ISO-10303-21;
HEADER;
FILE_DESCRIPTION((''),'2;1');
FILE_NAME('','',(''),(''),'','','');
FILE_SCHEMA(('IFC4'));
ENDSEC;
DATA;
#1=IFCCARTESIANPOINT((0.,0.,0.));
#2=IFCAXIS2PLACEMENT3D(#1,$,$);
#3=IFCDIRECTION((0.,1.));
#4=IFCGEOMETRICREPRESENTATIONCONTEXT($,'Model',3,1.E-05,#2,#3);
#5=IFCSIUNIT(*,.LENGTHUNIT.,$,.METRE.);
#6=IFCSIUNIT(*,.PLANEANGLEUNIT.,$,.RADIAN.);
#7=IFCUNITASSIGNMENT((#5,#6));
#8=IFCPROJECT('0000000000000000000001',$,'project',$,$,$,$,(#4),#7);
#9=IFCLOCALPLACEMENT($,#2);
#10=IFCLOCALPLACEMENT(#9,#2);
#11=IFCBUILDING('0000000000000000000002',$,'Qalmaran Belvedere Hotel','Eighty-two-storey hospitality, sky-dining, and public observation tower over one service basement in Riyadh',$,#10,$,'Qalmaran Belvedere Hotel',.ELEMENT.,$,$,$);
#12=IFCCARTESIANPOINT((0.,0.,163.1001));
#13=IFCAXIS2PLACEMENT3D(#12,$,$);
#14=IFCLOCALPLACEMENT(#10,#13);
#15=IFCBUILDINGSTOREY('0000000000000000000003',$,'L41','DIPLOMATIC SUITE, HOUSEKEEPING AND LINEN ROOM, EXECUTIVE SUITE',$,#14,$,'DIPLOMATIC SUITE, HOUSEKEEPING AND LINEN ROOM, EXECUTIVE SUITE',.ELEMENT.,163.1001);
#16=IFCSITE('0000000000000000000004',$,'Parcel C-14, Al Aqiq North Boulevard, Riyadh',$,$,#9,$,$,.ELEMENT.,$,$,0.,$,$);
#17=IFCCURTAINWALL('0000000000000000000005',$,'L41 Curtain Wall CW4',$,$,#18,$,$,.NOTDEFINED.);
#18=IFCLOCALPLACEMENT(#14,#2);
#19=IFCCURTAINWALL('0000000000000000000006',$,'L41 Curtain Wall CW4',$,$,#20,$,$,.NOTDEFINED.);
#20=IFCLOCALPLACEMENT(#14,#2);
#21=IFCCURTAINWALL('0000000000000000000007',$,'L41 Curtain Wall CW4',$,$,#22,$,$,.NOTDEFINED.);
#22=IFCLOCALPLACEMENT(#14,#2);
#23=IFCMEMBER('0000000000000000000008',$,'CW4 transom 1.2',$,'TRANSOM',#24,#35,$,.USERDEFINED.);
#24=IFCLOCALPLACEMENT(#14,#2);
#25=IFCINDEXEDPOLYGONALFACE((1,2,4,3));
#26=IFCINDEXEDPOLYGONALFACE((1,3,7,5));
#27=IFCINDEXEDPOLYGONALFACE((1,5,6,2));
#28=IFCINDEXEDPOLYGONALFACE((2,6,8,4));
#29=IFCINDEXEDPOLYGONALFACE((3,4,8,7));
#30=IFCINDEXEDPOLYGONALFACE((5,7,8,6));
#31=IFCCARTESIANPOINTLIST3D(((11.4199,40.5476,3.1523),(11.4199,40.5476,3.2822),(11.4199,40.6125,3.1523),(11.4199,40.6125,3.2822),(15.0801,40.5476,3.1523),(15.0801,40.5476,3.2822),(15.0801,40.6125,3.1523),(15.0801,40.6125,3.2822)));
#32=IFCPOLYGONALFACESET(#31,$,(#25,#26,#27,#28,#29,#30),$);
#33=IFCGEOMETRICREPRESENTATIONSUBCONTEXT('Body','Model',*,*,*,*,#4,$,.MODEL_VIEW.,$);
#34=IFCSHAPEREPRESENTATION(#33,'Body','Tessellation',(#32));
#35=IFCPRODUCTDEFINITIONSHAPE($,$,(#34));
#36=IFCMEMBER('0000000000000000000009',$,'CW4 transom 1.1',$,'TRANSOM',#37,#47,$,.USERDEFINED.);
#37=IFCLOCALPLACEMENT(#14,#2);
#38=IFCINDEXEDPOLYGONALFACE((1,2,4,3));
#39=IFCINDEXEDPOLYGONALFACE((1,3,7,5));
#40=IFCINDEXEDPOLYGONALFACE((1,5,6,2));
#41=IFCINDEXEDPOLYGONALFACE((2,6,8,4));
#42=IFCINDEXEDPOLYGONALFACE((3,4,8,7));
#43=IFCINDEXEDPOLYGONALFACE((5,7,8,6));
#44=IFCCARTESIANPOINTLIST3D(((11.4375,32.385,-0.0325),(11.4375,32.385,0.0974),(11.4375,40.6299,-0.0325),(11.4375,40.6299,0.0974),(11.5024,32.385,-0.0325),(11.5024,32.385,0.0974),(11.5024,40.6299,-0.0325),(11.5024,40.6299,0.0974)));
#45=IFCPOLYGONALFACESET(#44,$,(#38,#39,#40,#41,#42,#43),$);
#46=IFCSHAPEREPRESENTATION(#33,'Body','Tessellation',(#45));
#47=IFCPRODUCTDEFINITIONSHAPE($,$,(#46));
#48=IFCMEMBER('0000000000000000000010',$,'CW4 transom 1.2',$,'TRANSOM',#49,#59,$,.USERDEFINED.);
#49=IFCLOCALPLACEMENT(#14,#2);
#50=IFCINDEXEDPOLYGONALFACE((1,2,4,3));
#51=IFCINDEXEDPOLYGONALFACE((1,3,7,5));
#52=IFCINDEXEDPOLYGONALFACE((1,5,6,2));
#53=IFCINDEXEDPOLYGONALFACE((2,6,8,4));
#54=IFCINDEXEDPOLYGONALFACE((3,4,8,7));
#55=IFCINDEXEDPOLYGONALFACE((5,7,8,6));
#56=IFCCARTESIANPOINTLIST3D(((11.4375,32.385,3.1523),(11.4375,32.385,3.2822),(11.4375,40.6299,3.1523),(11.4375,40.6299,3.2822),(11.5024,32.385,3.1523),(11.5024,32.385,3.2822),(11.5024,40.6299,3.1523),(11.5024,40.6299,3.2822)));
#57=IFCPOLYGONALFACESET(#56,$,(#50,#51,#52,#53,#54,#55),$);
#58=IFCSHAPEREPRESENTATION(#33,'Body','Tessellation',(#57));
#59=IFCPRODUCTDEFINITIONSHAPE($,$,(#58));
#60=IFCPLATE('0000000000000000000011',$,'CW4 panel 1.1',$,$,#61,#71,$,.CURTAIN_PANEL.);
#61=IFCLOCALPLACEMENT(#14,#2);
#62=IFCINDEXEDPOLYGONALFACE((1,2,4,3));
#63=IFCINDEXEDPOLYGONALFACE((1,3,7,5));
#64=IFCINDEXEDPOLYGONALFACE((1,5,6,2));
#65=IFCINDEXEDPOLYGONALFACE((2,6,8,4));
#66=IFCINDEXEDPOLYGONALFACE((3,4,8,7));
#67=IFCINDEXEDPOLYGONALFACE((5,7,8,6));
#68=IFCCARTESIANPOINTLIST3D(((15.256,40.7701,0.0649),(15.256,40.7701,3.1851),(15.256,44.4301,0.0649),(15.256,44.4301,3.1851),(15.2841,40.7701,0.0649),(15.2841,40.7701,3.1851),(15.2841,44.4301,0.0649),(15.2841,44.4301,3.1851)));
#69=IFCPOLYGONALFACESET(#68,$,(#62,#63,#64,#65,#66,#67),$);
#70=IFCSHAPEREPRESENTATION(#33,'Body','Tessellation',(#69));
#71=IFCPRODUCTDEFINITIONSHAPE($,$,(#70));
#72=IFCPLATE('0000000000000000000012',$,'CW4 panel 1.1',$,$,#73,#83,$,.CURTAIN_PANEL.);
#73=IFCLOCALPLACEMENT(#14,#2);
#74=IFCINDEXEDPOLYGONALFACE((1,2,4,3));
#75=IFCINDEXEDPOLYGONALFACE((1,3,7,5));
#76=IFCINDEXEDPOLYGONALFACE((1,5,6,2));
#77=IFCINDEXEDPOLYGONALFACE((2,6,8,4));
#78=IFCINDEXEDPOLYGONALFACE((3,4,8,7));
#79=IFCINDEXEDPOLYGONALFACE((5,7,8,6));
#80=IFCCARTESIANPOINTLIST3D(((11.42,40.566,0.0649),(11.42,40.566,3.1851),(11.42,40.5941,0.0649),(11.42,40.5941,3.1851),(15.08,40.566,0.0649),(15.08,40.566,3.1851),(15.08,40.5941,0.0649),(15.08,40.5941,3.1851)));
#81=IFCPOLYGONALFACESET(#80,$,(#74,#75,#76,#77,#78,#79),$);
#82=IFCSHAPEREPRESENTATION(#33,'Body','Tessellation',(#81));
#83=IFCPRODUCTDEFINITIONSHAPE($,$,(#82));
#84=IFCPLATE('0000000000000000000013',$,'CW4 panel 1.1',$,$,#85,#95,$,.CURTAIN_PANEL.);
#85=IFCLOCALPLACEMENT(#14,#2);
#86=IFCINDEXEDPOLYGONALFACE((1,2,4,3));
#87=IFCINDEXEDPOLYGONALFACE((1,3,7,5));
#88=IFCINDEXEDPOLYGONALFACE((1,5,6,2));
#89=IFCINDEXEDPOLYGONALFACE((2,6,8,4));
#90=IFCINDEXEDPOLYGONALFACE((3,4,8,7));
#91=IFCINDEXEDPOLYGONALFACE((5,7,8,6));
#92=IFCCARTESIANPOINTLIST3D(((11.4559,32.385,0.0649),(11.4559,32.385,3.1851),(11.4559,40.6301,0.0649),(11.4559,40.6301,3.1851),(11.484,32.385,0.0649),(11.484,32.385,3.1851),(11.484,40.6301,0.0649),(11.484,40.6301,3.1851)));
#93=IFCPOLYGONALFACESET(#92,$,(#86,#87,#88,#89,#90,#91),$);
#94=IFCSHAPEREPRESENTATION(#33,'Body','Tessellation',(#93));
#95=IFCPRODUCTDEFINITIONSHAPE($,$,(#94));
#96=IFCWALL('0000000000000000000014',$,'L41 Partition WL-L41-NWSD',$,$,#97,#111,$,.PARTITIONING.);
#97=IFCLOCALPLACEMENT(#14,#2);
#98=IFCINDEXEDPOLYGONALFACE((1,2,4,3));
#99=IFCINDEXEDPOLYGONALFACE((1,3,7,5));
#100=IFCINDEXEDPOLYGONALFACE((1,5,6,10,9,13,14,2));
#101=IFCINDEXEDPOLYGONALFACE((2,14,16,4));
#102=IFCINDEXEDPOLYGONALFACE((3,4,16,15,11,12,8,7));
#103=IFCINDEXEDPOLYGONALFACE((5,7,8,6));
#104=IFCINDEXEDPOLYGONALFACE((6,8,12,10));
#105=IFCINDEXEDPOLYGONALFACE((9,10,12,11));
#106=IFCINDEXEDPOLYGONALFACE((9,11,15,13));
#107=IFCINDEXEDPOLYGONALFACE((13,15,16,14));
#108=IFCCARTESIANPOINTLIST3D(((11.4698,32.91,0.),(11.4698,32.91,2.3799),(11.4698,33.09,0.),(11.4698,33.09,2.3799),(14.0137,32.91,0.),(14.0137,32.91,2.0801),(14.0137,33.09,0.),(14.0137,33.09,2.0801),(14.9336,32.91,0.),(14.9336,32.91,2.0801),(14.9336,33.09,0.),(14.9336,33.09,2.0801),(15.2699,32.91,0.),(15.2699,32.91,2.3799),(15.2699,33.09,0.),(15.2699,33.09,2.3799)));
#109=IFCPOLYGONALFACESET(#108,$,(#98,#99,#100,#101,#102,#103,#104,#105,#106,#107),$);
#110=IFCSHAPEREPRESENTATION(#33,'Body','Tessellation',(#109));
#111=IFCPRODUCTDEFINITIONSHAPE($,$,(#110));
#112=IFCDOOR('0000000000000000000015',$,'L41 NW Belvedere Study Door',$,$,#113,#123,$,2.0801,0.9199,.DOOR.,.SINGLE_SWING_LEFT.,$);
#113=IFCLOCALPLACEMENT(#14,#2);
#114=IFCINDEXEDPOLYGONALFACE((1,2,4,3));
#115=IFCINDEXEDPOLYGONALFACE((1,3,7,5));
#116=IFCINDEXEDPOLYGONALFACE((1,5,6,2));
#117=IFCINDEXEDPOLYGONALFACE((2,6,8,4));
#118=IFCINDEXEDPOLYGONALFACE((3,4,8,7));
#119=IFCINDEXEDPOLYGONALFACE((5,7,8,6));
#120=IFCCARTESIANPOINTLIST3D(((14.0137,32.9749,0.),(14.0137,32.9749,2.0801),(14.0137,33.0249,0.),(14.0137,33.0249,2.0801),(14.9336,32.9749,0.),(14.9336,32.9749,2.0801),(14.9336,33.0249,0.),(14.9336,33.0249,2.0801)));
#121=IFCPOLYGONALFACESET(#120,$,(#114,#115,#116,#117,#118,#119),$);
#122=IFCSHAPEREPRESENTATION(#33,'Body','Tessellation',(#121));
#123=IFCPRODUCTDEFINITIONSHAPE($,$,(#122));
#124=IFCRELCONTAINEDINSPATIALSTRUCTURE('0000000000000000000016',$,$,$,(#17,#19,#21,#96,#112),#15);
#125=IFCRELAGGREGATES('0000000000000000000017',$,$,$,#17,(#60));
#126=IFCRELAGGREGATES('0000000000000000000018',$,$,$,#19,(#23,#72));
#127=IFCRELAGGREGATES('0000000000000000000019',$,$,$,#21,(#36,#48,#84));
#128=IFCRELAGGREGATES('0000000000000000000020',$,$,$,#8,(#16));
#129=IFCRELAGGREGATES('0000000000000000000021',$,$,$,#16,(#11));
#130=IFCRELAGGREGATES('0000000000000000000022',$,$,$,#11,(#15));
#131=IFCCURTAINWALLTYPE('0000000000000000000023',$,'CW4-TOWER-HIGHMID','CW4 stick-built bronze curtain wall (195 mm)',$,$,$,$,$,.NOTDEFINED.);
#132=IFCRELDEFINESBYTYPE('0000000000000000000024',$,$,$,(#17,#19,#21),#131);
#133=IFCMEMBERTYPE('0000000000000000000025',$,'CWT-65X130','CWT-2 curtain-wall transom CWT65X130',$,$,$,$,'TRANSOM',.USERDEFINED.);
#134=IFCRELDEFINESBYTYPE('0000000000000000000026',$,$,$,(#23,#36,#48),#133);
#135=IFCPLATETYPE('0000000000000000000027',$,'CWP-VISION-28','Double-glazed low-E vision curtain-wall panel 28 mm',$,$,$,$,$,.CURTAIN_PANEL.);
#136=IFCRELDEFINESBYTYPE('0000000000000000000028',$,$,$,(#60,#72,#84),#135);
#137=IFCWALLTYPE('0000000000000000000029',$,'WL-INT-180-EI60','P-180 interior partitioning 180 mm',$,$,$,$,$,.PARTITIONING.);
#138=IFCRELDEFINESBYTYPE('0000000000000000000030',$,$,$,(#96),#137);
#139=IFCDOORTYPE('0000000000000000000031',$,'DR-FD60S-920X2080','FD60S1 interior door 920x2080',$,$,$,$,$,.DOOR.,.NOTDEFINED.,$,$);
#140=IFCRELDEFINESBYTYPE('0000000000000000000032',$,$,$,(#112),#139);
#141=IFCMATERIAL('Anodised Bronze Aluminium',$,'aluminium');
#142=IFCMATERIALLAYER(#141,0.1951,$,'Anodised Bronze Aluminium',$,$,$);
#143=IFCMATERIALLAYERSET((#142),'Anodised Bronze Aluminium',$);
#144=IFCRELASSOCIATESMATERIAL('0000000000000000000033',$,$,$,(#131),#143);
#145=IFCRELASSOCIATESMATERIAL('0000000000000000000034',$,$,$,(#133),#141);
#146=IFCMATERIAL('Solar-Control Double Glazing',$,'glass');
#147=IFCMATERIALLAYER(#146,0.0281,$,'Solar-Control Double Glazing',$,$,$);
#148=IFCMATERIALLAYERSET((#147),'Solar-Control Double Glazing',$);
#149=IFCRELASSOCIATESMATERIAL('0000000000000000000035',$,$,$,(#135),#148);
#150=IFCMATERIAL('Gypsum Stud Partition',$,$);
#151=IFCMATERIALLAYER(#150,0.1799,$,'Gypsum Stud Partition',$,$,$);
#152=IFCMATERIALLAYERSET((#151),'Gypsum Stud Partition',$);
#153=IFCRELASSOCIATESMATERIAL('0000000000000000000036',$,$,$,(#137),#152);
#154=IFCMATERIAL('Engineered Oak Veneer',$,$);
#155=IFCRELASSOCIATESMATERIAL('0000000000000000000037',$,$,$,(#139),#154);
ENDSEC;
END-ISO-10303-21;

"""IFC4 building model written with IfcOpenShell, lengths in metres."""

from ifc_helpers import new_model, si_unit, direction, frame, frame_2d, origin, origin_2d, place, context, subcontext, project, spatial, rectangle, extrude, material, layer, layer_set, material_profile, profile_set, type_object, element, fill, aggregate, save


model = new_model("IFC4")

# Units and contexts
model_context = context("Model", 3, precision=1e-05, world=origin(), true_north=direction((0.0, 1.0)))
body_context = subcontext(model_context, "Body", "Model", "MODEL_VIEW")
ifc_project = project(units=[si_unit("LENGTHUNIT", "METRE"), si_unit("PLANEANGLEUNIT", "RADIAN")], contexts=[model_context])

# Site, building, storey
site_placement = place(None, origin())
site = spatial("IfcSite", under=ifc_project, at=site_placement, Name="Parcel C-14, Al Aqiq North Boulevard, Riyadh", CompositionType="ELEMENT", RefElevation=0.0)
building_placement = place(site_placement, origin())
building = spatial("IfcBuilding", under=site, at=building_placement, Name="Qalmaran Belvedere Hotel", Description="Eighty-two-storey hospitality, sky-dining, and public observation tower over one service basement in Riyadh", LongName="Qalmaran Belvedere Hotel", CompositionType="ELEMENT")
storey_placement = place(building_placement, frame((0.0, 0.0, 163.1001)))
storey = spatial("IfcBuildingStorey", under=building, at=storey_placement, Name="L41", Description="DIPLOMATIC SUITE, HOUSEKEEPING AND LINEN ROOM, EXECUTIVE SUITE", LongName="DIPLOMATIC SUITE, HOUSEKEEPING AND LINEN ROOM, EXECUTIVE SUITE", CompositionType="ELEMENT", Elevation=163.1001)

# Shared definitions
ifc_material_1 = material(Name="Anodised Bronze Aluminium", Category="aluminium")
ifc_layer_1 = layer(ifc_material_1, 0.1951, Name="Anodised Bronze Aluminium")
ifc_layer_set_1 = layer_set([ifc_layer_1], Name="Anodised Bronze Aluminium")
curtain_wall_type = type_object("IfcCurtainWallType", Name="CW4-TOWER-HIGHMID", Description="CW4 stick-built bronze curtain wall (195 mm)", PredefinedType="NOTDEFINED", material=ifc_layer_set_1)

# Curtain walls
curtain_wall_1_placement = place(storey_placement, origin())
curtain_wall_1 = element("IfcCurtainWall", 1, at=curtain_wall_1_placement, inside=storey, type_object=curtain_wall_type, Name="L41 Curtain Wall CW4", PredefinedType="NOTDEFINED")
curtain_wall_2_placement = place(storey_placement, origin())
curtain_wall_2 = element("IfcCurtainWall", 2, at=curtain_wall_2_placement, inside=storey, type_object=curtain_wall_type, Name="L41 Curtain Wall CW4", PredefinedType="NOTDEFINED")

# Curtain wall
curtain_wall_3_placement = place(storey_placement, origin())
curtain_wall_3 = element("IfcCurtainWall", 3, at=curtain_wall_3_placement, inside=storey, type_object=curtain_wall_type, Name="L41 Curtain Wall CW4", PredefinedType="NOTDEFINED")

# Members
ifc_material_profile_1 = material_profile(ifc_material_1, rectangle(XDim=0.0649, YDim=0.1299, at=origin_2d()), Name="CWT65X130")
ifc_profile_set_1 = profile_set([ifc_material_profile_1], Name="Anodised Bronze Aluminium")
member_type_1 = type_object("IfcMemberType", Name="CWT-65X130", Description="CWT-2 curtain-wall transom CWT65X130", ElementType="TRANSOM", PredefinedType="USERDEFINED", material=ifc_profile_set_1)
member_1_placement = place(storey_placement, frame((15.0801, 40.5801, 3.2173), z_axis=(-1.0, 0.0, 0.0), x_axis=(0.0, -1.0, 0.0)))
member_1 = element("IfcMember", 4, at=member_1_placement, type_object=member_type_1, Name="CW4 transom 1.2", ObjectType="TRANSOM", PredefinedType="USERDEFINED", context=body_context, shape_type="SweptSolid", body=[
    extrude(rectangle(XDim=0.0649, YDim=0.1299, at=origin_2d()), origin(), (0.0, 0.0, 1.0), 3.6602),
])
member_2_placement = place(storey_placement, frame((11.47, 40.6299, 0.0325), z_axis=(0.0, -1.0, 0.0), x_axis=(1.0, 0.0, 0.0)))
member_2 = element("IfcMember", 5, at=member_2_placement, type_object=member_type_1, Name="CW4 transom 1.1", ObjectType="TRANSOM", PredefinedType="USERDEFINED", context=body_context, shape_type="SweptSolid", body=[
    extrude(rectangle(XDim=0.0649, YDim=0.1299, at=origin_2d()), origin(), (0.0, 0.0, 1.0), 8.2449),
])
member_3_placement = place(storey_placement, frame((11.47, 40.6299, 3.2173), z_axis=(0.0, -1.0, 0.0), x_axis=(1.0, 0.0, 0.0)))
member_3 = element("IfcMember", 6, at=member_3_placement, type_object=member_type_1, Name="CW4 transom 1.2", ObjectType="TRANSOM", PredefinedType="USERDEFINED", context=body_context, shape_type="SweptSolid", body=[
    extrude(rectangle(XDim=0.0649, YDim=0.1299, at=origin_2d()), origin(), (0.0, 0.0, 1.0), 8.2449),
])

# Plates
ifc_material_2 = material(Name="Solar-Control Double Glazing", Category="glass")
ifc_layer_2 = layer(ifc_material_2, 0.0281, Name="Solar-Control Double Glazing")
ifc_layer_set_2 = layer_set([ifc_layer_2], Name="Solar-Control Double Glazing")
plate_type = type_object("IfcPlateType", Name="CWP-VISION-28", Description="Double-glazed low-E vision curtain-wall panel 28 mm", PredefinedType="CURTAIN_PANEL", material=ifc_layer_set_2)
plate_1_placement = place(storey_placement, frame((15.27, 42.6001, 0.0649), z_axis=(0.0, 0.0, 1.0), x_axis=(0.0, -1.0, 0.0)))
plate_1 = element("IfcPlate", 7, at=plate_1_placement, type_object=plate_type, Name="CW4 panel 1.1", PredefinedType="CURTAIN_PANEL", context=body_context, shape_type="SweptSolid", body=[
    extrude(rectangle(XDim=3.6599, YDim=0.0281, at=origin_2d()), origin(), (0.0, 0.0, 1.0), 3.1201),
])
aggregate(curtain_wall_1, [plate_1])
plate_2_placement = place(storey_placement, frame((13.25, 40.5801, 0.0649), z_axis=(0.0, 0.0, 1.0), x_axis=(-1.0, 0.0, 0.0)))
plate_2 = element("IfcPlate", 8, at=plate_2_placement, type_object=plate_type, Name="CW4 panel 1.1", PredefinedType="CURTAIN_PANEL", context=body_context, shape_type="SweptSolid", body=[
    extrude(rectangle(XDim=3.6599, YDim=0.0281, at=origin_2d()), origin(), (0.0, 0.0, 1.0), 3.1201),
])
aggregate(curtain_wall_2, [member_1, plate_2])
plate_3_placement = place(storey_placement, frame((11.47, 36.5076, 0.0649), z_axis=(0.0, 0.0, 1.0), x_axis=(0.0, -1.0, 0.0)))
plate_3 = element("IfcPlate", 9, at=plate_3_placement, type_object=plate_type, Name="CW4 panel 1.1", PredefinedType="CURTAIN_PANEL", context=body_context, shape_type="SweptSolid", body=[
    extrude(rectangle(XDim=8.2451, YDim=0.0281, at=origin_2d()), origin(), (0.0, 0.0, 1.0), 3.1201),
])
aggregate(curtain_wall_3, [member_2, member_3, plate_3])

# Wall, opening, door
ifc_material_3 = material(Name="Gypsum Stud Partition")
ifc_layer_3 = layer(ifc_material_3, 0.1799, Name="Gypsum Stud Partition")
ifc_layer_set_3 = layer_set([ifc_layer_3], Name="Gypsum Stud Partition")
wall_type = type_object("IfcWallType", Name="WL-INT-180-EI60", Description="P-180 interior partitioning 180 mm", PredefinedType="PARTITIONING", material=ifc_layer_set_3)
ifc_material_4 = material(Name="Engineered Oak Veneer")
wall_1_placement = place(storey_placement, frame((11.47, 33.0, 0.0), z_axis=(0.0, 0.0, 1.0), x_axis=(1.0, 0.0, 0.0)))
wall_1 = element("IfcWall", 10, at=wall_1_placement, inside=storey, type_object=wall_type, Name="L41 Partition WL-L41-NWSD", PredefinedType="PARTITIONING", context=body_context, shape_type="SweptSolid", body=[
    extrude(rectangle(XDim=3.8, YDim=0.1799, at=frame_2d((1.8999, 0.0))), origin(), (0.0, 0.0, 1.0), 2.3799),
])
opening_1_placement = place(wall_1_placement, frame((2.5437, 0.0, 0.0)))
opening_1 = element("IfcOpeningElement", 11, at=opening_1_placement, cuts=wall_1, PredefinedType="OPENING", context=body_context, shape_type="SweptSolid", body=[
    extrude(rectangle(XDim=0.9199, YDim=2.0801, at=frame_2d((0.46, 1.04))), frame((0.0, 0.1001, 0.0), z_axis=(0.0, -1.0, 0.0), x_axis=(1.0, 0.0, 0.0)), (0.0, 0.0, 1.0), 0.2),
])
door_type_1 = type_object("IfcDoorType", Name="DR-FD60S-920X2080", Description="FD60S1 interior door 920x2080", OperationType="NOTDEFINED", PredefinedType="DOOR", material=ifc_material_4)
door_1_placement = place(opening_1_placement, origin())
door_1 = element("IfcDoor", 12, at=door_1_placement, inside=storey, type_object=door_type_1, Name="L41 NW Belvedere Study Door", OperationType="SINGLE_SWING_LEFT", OverallHeight=2.0801, OverallWidth=0.9199, PredefinedType="DOOR", context=body_context, shape_type="SweptSolid", body=[
    extrude(rectangle(XDim=0.9199, YDim=2.0801, at=frame_2d((0.46, 1.04))), frame((0.0, 0.0249, 0.0), z_axis=(0.0, -1.0, 0.0), x_axis=(1.0, 0.0, 0.0)), (0.0, 0.0, 1.0), 0.05),
])
fill(opening_1, door_1)

save(model, "model.ifc")
